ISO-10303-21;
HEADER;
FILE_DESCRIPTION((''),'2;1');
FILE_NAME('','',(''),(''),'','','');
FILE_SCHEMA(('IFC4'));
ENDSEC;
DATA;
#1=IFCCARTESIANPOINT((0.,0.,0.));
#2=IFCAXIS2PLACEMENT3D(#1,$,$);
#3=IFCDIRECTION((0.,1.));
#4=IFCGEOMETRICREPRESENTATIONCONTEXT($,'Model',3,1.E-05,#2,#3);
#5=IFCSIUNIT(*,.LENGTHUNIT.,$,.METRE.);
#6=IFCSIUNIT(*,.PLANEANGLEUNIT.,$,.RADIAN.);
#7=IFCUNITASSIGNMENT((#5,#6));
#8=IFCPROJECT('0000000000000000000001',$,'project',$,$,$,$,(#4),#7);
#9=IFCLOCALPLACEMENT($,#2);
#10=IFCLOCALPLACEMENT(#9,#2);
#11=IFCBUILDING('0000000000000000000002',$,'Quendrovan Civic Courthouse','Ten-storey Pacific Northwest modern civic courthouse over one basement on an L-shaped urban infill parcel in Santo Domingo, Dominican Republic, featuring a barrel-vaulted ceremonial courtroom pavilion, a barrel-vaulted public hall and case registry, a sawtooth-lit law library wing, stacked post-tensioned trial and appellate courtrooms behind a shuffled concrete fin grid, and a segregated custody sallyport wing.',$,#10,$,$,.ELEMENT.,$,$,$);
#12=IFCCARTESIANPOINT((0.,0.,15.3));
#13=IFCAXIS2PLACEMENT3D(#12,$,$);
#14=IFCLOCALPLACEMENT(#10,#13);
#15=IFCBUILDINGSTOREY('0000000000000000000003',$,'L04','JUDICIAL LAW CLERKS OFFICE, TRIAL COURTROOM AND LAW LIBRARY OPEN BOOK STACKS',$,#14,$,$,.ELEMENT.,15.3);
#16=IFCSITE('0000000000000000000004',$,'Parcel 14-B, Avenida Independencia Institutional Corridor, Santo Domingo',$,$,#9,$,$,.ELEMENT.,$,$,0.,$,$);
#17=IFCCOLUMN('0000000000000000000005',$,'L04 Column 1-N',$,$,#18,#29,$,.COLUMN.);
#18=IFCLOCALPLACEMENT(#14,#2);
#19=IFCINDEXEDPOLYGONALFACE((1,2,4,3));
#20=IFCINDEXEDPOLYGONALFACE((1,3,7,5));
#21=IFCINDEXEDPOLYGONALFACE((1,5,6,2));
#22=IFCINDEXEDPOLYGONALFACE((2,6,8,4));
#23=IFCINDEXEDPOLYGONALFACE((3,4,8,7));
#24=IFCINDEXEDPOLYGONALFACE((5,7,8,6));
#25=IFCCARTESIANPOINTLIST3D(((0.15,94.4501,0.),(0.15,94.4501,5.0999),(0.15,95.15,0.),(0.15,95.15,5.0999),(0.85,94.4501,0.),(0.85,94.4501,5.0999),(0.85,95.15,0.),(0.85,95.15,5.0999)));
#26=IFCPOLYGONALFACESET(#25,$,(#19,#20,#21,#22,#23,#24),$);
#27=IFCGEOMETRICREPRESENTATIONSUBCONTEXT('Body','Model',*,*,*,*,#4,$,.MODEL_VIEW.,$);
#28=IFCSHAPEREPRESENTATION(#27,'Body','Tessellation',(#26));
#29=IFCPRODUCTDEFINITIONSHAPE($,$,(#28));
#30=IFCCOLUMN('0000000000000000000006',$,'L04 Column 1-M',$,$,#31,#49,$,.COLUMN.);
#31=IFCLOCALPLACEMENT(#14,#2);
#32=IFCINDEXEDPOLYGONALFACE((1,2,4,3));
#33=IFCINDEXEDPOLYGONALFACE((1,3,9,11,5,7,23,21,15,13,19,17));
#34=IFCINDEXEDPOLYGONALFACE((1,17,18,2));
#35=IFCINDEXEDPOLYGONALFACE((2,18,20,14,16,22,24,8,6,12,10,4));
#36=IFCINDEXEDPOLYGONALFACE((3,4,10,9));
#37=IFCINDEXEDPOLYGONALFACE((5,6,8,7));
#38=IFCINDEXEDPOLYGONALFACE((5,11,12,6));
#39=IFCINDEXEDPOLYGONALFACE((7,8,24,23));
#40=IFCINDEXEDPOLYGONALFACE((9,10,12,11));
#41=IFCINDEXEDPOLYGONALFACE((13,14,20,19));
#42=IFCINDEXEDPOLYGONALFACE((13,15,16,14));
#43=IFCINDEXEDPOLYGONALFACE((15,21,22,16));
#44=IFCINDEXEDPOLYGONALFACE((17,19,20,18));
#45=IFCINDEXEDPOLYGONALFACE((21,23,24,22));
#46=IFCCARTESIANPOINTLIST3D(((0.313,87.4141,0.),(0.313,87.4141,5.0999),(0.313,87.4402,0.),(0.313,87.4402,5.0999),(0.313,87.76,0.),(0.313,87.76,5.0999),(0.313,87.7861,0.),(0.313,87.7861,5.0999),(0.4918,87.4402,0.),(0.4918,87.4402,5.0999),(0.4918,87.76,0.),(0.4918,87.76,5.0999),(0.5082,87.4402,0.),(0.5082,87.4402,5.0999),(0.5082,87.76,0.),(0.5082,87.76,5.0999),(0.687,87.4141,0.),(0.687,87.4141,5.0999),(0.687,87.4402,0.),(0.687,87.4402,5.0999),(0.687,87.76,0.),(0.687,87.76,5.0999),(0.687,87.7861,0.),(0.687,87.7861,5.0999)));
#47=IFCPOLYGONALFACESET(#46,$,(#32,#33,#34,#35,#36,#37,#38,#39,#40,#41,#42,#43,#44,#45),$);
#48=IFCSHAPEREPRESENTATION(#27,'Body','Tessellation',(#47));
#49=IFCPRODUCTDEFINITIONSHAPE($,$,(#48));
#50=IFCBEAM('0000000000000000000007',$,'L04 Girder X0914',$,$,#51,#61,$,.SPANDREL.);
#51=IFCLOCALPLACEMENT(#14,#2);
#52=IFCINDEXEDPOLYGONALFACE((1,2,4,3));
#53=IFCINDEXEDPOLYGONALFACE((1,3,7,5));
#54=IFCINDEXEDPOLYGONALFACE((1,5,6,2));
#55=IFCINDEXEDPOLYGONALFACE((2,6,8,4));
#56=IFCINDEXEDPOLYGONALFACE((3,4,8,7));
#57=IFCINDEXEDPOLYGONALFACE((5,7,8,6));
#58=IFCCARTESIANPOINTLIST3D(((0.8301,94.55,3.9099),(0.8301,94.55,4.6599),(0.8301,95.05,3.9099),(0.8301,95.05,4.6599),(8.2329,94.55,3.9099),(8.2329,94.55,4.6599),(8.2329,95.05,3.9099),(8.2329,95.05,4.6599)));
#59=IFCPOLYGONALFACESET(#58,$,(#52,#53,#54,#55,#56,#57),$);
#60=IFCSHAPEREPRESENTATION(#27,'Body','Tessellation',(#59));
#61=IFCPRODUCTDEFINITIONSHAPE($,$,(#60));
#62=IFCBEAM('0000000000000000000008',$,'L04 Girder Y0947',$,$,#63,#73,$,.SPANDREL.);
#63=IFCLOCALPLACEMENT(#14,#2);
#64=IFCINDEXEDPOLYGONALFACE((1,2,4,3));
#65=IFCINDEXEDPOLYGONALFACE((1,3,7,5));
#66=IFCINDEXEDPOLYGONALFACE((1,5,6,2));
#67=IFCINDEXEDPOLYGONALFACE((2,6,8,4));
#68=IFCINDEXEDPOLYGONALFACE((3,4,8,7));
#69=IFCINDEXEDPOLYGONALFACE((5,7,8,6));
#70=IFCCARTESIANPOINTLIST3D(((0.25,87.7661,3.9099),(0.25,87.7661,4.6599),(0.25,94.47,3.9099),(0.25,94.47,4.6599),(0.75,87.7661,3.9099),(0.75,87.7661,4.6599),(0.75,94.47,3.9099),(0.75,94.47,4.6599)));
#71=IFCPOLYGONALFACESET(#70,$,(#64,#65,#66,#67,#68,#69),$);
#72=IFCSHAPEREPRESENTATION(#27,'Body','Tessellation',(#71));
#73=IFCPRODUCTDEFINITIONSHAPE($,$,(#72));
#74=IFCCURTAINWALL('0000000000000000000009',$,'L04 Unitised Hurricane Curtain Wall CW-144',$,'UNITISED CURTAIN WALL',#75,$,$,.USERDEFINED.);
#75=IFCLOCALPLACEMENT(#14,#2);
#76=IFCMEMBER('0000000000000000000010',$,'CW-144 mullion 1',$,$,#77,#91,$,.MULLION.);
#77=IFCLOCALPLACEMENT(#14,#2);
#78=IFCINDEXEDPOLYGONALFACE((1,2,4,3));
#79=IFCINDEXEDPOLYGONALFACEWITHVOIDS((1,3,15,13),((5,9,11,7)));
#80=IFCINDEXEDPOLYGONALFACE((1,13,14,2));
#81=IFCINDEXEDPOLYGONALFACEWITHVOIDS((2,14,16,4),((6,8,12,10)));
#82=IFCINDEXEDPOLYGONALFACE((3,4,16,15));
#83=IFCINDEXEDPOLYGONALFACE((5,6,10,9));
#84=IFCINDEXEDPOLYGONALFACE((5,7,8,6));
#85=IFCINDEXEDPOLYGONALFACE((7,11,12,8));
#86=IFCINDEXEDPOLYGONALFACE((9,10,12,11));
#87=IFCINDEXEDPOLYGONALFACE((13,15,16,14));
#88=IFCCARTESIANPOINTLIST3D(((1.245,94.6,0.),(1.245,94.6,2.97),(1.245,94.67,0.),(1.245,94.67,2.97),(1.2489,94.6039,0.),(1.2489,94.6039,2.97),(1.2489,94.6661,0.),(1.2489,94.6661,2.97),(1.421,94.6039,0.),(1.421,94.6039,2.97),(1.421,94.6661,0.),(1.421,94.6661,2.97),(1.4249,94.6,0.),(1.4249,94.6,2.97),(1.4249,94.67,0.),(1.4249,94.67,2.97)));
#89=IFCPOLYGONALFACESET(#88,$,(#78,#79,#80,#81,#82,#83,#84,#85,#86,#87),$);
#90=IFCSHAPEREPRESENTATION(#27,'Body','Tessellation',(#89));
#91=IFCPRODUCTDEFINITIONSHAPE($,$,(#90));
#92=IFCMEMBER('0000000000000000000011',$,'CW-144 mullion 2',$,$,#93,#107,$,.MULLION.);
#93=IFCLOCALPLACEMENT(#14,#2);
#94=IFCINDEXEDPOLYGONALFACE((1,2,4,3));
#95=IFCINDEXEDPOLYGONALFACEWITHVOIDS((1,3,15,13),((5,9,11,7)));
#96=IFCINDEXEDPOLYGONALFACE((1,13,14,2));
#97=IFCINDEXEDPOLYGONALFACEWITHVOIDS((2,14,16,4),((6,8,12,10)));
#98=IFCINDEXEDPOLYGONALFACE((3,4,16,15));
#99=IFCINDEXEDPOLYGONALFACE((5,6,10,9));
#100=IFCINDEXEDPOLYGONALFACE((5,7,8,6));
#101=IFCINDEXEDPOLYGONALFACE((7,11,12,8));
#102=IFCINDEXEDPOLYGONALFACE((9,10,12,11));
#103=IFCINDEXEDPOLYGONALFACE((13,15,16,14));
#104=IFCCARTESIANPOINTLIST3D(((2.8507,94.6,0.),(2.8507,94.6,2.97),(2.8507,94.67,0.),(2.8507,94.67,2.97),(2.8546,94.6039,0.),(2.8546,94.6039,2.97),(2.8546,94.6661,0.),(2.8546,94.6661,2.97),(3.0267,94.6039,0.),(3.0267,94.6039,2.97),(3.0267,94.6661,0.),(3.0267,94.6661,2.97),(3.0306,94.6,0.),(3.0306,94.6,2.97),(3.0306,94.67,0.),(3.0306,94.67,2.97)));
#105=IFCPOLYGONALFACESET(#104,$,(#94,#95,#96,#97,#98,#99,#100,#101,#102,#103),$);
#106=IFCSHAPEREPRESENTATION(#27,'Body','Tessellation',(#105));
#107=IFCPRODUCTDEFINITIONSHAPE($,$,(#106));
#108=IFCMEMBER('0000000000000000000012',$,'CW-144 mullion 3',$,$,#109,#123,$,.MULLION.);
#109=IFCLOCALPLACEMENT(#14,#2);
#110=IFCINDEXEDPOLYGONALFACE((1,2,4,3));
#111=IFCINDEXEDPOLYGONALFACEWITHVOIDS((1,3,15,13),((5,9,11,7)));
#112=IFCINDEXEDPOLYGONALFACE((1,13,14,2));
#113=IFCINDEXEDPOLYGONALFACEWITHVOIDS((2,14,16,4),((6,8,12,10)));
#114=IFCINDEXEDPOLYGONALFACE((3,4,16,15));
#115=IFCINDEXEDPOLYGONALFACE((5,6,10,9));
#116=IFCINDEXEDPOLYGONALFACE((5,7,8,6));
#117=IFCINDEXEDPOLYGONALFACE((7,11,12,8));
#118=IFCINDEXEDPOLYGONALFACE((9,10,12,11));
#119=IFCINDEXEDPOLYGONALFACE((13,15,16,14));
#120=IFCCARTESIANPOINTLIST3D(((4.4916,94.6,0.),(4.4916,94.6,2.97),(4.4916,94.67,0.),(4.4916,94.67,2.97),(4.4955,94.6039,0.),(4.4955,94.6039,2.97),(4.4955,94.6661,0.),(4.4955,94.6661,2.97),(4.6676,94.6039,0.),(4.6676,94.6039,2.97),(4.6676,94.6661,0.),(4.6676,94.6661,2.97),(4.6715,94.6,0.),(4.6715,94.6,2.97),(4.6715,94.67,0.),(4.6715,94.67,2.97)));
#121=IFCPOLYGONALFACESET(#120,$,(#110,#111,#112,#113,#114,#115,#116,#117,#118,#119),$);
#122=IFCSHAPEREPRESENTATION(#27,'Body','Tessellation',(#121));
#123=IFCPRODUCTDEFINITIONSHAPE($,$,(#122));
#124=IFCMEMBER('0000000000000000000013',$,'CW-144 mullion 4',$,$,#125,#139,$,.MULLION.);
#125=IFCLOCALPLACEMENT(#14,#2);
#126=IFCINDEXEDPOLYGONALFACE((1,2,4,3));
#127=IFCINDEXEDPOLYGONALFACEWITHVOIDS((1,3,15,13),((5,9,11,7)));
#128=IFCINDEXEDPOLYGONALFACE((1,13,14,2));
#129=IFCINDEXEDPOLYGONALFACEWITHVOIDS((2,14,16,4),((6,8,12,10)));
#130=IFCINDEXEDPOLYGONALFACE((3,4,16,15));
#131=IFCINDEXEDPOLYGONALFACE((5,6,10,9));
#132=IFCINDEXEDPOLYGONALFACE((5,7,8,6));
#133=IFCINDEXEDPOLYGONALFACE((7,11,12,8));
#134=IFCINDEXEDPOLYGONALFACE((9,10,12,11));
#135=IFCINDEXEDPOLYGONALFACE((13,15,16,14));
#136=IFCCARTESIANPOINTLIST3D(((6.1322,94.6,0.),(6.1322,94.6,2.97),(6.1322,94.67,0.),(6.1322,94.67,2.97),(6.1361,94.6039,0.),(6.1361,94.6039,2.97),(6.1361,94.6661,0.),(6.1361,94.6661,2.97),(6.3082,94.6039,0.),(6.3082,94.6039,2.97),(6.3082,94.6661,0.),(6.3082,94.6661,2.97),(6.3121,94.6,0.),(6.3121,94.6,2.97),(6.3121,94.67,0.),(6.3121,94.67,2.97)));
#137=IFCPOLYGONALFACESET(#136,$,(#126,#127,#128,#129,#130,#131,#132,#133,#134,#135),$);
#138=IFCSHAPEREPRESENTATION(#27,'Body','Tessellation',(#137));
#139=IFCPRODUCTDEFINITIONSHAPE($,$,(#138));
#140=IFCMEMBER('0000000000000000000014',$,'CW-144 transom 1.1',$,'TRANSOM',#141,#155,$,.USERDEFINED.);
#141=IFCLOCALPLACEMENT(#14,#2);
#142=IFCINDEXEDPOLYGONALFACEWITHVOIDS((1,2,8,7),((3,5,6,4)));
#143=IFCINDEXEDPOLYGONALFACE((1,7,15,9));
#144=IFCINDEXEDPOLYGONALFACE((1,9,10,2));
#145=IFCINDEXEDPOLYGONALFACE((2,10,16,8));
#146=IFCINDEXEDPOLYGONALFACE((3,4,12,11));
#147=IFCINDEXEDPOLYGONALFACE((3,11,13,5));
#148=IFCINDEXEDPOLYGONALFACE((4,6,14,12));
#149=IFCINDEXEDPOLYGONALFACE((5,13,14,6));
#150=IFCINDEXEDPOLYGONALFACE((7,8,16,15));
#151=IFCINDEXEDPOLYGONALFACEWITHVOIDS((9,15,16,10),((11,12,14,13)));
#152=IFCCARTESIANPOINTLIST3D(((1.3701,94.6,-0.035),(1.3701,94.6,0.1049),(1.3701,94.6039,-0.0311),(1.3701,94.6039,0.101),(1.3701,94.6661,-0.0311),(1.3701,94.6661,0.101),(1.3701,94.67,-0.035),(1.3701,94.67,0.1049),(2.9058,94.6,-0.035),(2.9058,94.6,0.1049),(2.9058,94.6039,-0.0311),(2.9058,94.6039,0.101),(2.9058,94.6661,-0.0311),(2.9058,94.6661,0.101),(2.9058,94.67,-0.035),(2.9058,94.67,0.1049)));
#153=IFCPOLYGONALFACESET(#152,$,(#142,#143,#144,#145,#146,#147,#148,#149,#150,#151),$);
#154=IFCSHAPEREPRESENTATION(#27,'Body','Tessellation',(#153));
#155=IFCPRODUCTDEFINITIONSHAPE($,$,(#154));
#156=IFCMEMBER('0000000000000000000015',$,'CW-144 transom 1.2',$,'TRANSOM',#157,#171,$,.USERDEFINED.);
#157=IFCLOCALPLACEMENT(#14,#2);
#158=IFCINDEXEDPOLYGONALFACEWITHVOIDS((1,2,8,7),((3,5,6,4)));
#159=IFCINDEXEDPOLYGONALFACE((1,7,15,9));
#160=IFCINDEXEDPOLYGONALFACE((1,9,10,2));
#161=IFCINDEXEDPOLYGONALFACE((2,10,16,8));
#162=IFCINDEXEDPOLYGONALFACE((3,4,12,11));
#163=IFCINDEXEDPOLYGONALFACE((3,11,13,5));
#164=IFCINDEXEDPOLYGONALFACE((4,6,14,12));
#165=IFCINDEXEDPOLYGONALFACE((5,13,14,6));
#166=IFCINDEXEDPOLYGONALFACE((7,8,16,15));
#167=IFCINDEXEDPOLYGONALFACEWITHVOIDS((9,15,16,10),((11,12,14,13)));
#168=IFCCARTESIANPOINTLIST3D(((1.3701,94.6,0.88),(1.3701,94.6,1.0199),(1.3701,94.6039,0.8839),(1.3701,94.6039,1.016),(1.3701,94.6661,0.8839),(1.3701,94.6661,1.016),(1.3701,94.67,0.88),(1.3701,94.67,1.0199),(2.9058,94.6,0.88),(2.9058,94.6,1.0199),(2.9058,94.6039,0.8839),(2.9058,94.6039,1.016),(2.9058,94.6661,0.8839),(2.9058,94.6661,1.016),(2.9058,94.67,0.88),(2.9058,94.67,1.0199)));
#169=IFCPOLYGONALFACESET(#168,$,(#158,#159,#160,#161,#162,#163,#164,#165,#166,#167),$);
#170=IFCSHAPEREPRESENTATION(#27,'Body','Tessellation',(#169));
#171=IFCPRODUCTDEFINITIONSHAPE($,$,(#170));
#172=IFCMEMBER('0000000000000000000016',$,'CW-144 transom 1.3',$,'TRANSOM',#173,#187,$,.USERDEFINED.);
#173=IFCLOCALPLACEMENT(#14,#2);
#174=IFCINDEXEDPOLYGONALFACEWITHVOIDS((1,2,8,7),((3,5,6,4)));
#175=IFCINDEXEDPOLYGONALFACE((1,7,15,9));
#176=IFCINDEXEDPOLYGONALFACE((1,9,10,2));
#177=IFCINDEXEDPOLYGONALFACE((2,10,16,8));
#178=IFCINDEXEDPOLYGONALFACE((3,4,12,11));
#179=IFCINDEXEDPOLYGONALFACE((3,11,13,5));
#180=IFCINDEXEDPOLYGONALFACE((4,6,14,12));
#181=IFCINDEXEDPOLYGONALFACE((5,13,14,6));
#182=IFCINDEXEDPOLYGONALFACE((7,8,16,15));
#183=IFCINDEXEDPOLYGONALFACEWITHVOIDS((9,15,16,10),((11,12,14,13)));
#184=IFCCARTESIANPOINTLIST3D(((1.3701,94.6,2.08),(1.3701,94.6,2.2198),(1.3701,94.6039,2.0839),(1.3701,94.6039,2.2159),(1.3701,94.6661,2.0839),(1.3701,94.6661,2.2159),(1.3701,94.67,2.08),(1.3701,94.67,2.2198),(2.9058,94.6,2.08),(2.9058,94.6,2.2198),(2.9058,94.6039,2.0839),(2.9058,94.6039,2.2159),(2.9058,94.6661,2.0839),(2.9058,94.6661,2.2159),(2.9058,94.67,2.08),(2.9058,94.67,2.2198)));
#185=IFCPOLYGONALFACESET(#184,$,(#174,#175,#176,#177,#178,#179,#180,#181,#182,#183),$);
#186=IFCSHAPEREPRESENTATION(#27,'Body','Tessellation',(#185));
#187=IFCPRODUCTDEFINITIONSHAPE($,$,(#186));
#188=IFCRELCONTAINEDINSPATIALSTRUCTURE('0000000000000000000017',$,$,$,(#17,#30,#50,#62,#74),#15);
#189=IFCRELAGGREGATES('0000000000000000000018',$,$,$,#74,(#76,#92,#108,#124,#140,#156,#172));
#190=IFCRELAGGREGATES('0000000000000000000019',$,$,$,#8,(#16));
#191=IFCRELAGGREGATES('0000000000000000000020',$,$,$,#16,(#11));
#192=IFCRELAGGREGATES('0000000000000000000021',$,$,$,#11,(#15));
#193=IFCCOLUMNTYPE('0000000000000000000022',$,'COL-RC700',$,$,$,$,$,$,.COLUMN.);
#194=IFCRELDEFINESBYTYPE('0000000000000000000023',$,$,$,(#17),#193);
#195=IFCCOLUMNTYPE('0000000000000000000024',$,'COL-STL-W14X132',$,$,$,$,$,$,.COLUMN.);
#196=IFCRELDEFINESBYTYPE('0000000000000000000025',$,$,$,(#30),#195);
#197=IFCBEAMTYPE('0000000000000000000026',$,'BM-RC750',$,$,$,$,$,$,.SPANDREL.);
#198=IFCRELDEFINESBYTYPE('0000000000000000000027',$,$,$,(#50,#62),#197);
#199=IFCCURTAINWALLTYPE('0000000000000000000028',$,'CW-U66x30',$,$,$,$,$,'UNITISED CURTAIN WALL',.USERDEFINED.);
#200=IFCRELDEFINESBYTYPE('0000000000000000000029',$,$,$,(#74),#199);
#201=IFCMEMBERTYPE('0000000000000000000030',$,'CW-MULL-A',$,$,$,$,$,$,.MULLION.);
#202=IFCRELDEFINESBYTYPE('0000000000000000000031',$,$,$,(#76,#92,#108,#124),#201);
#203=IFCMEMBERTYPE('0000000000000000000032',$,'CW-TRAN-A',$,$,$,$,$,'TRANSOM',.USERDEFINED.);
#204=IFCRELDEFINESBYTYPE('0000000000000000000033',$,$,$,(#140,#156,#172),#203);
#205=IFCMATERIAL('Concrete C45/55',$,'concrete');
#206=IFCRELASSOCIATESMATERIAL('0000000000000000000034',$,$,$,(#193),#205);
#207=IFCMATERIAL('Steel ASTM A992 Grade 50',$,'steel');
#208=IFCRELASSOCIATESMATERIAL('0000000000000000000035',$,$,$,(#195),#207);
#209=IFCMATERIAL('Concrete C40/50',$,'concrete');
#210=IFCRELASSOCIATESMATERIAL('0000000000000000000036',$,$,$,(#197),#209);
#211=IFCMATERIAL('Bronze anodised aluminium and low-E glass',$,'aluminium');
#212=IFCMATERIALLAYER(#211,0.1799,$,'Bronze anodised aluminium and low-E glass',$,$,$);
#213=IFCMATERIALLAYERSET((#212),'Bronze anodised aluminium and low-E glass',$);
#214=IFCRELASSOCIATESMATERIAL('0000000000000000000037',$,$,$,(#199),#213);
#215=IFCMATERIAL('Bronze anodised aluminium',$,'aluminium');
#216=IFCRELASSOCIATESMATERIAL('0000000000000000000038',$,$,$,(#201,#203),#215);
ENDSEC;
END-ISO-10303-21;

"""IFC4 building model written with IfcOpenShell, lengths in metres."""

from ifc_helpers import new_model, si_unit, direction, frame, origin, origin_2d, place, context, subcontext, project, spatial, rectangle, hollow_rectangle, i_section, extrude, material, layer, layer_set, material_profile, profile_set, type_object, element, aggregate, save


model = new_model("IFC4")

# Units and contexts
model_context = context("Model", 3, precision=1e-05, world=origin(), true_north=direction((0.0, 1.0)))
body_context = subcontext(model_context, "Body", "Model", "MODEL_VIEW")
ifc_project = project(units=[si_unit("LENGTHUNIT", "METRE"), si_unit("PLANEANGLEUNIT", "RADIAN")], contexts=[model_context])

# Site, building, storey
site_placement = place(None, origin())
site = spatial("IfcSite", under=ifc_project, at=site_placement, Name="Parcel 14-B, Avenida Independencia Institutional Corridor, Santo Domingo", CompositionType="ELEMENT", RefElevation=0.0)
building_placement = place(site_placement, origin())
building = spatial("IfcBuilding", under=site, at=building_placement, Name="Quendrovan Civic Courthouse", Description="Ten-storey Pacific Northwest modern civic courthouse over one basement on an L-shaped urban infill parcel in Santo Domingo, Dominican Republic, featuring a barrel-vaulted ceremonial courtroom pavilion, a barrel-vaulted public hall and case registry, a sawtooth-lit law library wing, stacked post-tensioned trial and appellate courtrooms behind a shuffled concrete fin grid, and a segregated custody sallyport wing.", CompositionType="ELEMENT")
storey_placement = place(building_placement, frame((0.0, 0.0, 15.3)))
storey = spatial("IfcBuildingStorey", under=building, at=storey_placement, Name="L04", Description="JUDICIAL LAW CLERKS OFFICE, TRIAL COURTROOM AND LAW LIBRARY OPEN BOOK STACKS", CompositionType="ELEMENT", Elevation=15.3)

# Columns
ifc_material_1 = material(Name="Concrete C45/55", Category="concrete")
ifc_material_profile_1 = material_profile(ifc_material_1, rectangle(XDim=0.7, YDim=0.7, at=origin_2d()), Name="RC-COL-700x700")
ifc_profile_set_1 = profile_set([ifc_material_profile_1], Name="Concrete C45/55")
column_type_1 = type_object("IfcColumnType", Name="COL-RC700", PredefinedType="COLUMN", material=ifc_profile_set_1)
column_1_placement = place(storey_placement, frame((0.5, 94.8, 0.0), z_axis=(0.0, 0.0, 1.0), x_axis=(1.0, 0.0, 0.0)))
element("IfcColumn", 1, at=column_1_placement, inside=storey, type_object=column_type_1, Name="L04 Column 1-N", PredefinedType="COLUMN", context=body_context, shape_type="SweptSolid", body=[
    extrude(rectangle(XDim=0.7, YDim=0.7, at=origin_2d()), origin(), (0.0, 0.0, 1.0), 5.0999),
])
ifc_material_2 = material(Name="Steel ASTM A992 Grade 50", Category="steel")
ifc_material_profile_2 = material_profile(ifc_material_2, i_section(OverallWidth=0.374, OverallDepth=0.3721, WebThickness=0.0164, FlangeThickness=0.0261, at=origin_2d()), Name="W14X132")
ifc_profile_set_2 = profile_set([ifc_material_profile_2], Name="Steel ASTM A992 Grade 50")
column_type_2 = type_object("IfcColumnType", Name="COL-STL-W14X132", PredefinedType="COLUMN", material=ifc_profile_set_2)
column_2_placement = place(storey_placement, frame((0.5, 87.6001, 0.0), z_axis=(0.0, 0.0, 1.0), x_axis=(1.0, 0.0, 0.0)))
element("IfcColumn", 2, at=column_2_placement, inside=storey, type_object=column_type_2, Name="L04 Column 1-M", PredefinedType="COLUMN", context=body_context, shape_type="SweptSolid", body=[
    extrude(i_section(OverallWidth=0.374, OverallDepth=0.3721, WebThickness=0.0164, FlangeThickness=0.0261, at=origin_2d()), origin(), (0.0, 0.0, 1.0), 5.0999),
])

# Beams
ifc_material_3 = material(Name="Concrete C40/50", Category="concrete")
ifc_material_profile_3 = material_profile(ifc_material_3, rectangle(XDim=0.5, YDim=0.75, at=origin_2d()), Name="RC-BM-500x750")
ifc_profile_set_3 = profile_set([ifc_material_profile_3], Name="Concrete C40/50")
beam_type = type_object("IfcBeamType", Name="BM-RC750", PredefinedType="SPANDREL", material=ifc_profile_set_3)
beam_1_placement = place(storey_placement, frame((0.8301, 94.8, 4.2849), z_axis=(1.0, 0.0, 0.0), x_axis=(0.0, 1.0, 0.0)))
element("IfcBeam", 3, at=beam_1_placement, inside=storey, type_object=beam_type, Name="L04 Girder X0914", PredefinedType="SPANDREL", context=body_context, shape_type="SweptSolid", body=[
    extrude(rectangle(XDim=0.5, YDim=0.75, at=origin_2d()), origin(), (0.0, 0.0, 1.0), 7.4028),
])
beam_2_placement = place(storey_placement, frame((0.5, 87.7661, 4.2849), z_axis=(0.0, 1.0, 0.0), x_axis=(-1.0, 0.0, 0.0)))
element("IfcBeam", 4, at=beam_2_placement, inside=storey, type_object=beam_type, Name="L04 Girder Y0947", PredefinedType="SPANDREL", context=body_context, shape_type="SweptSolid", body=[
    extrude(rectangle(XDim=0.5, YDim=0.75, at=origin_2d()), origin(), (0.0, 0.0, 1.0), 6.7039),
])

# Curtain wall, members
ifc_material_4 = material(Name="Bronze anodised aluminium and low-E glass", Category="aluminium")
ifc_layer_1 = layer(ifc_material_4, 0.1799, Name="Bronze anodised aluminium and low-E glass")
ifc_layer_set_1 = layer_set([ifc_layer_1], Name="Bronze anodised aluminium and low-E glass")
curtain_wall_type = type_object("IfcCurtainWallType", Name="CW-U66x30", ElementType="UNITISED CURTAIN WALL", PredefinedType="USERDEFINED", material=ifc_layer_set_1)
curtain_wall_placement = place(storey_placement, origin())
curtain_wall = element("IfcCurtainWall", 5, at=curtain_wall_placement, inside=storey, type_object=curtain_wall_type, Name="L04 Unitised Hurricane Curtain Wall CW-144", ObjectType="UNITISED CURTAIN WALL", PredefinedType="USERDEFINED")
ifc_material_5 = material(Name="Bronze anodised aluminium", Category="aluminium")
ifc_material_profile_4 = material_profile(ifc_material_5, hollow_rectangle(XDim=0.0701, YDim=0.1799, WallThickness=0.0039, at=origin_2d()), Name="CW-MULL-70x180")
ifc_profile_set_4 = profile_set([ifc_material_profile_4], Name="Bronze anodised aluminium")
member_type_1 = type_object("IfcMemberType", Name="CW-MULL-A", PredefinedType="MULLION", material=ifc_profile_set_4)
member_1_placement = place(storey_placement, frame((1.335, 94.635, 0.0), z_axis=(0.0, 0.0, 1.0), x_axis=(0.0, 1.0, 0.0)))
member_1 = element("IfcMember", 6, at=member_1_placement, type_object=member_type_1, Name="CW-144 mullion 1", PredefinedType="MULLION", context=body_context, shape_type="SweptSolid", body=[
    extrude(hollow_rectangle(XDim=0.0701, YDim=0.1799, WallThickness=0.0039, at=origin_2d()), origin(), (0.0, 0.0, 1.0), 2.97),
])
member_2_placement = place(storey_placement, frame((2.9407, 94.635, 0.0), z_axis=(0.0, 0.0, 1.0), x_axis=(0.0, 1.0, 0.0)))
member_2 = element("IfcMember", 7, at=member_2_placement, type_object=member_type_1, Name="CW-144 mullion 2", PredefinedType="MULLION", context=body_context, shape_type="SweptSolid", body=[
    extrude(hollow_rectangle(XDim=0.0701, YDim=0.1799, WallThickness=0.0039, at=origin_2d()), origin(), (0.0, 0.0, 1.0), 2.97),
])
member_3_placement = place(storey_placement, frame((4.5815, 94.635, 0.0), z_axis=(0.0, 0.0, 1.0), x_axis=(0.0, 1.0, 0.0)))
member_3 = element("IfcMember", 8, at=member_3_placement, type_object=member_type_1, Name="CW-144 mullion 3", PredefinedType="MULLION", context=body_context, shape_type="SweptSolid", body=[
    extrude(hollow_rectangle(XDim=0.0701, YDim=0.1799, WallThickness=0.0039, at=origin_2d()), origin(), (0.0, 0.0, 1.0), 2.97),
])
member_4_placement = place(storey_placement, frame((6.2222, 94.635, 0.0), z_axis=(0.0, 0.0, 1.0), x_axis=(0.0, 1.0, 0.0)))
member_4 = element("IfcMember", 9, at=member_4_placement, type_object=member_type_1, Name="CW-144 mullion 4", PredefinedType="MULLION", context=body_context, shape_type="SweptSolid", body=[
    extrude(hollow_rectangle(XDim=0.0701, YDim=0.1799, WallThickness=0.0039, at=origin_2d()), origin(), (0.0, 0.0, 1.0), 2.97),
])
ifc_material_profile_5 = material_profile(ifc_material_5, hollow_rectangle(XDim=0.0701, YDim=0.1399, WallThickness=0.0039, at=origin_2d()), Name="CW-TRAN-70x140")
ifc_profile_set_5 = profile_set([ifc_material_profile_5], Name="Bronze anodised aluminium")
member_type_2 = type_object("IfcMemberType", Name="CW-TRAN-A", ElementType="TRANSOM", PredefinedType="USERDEFINED", material=ifc_profile_set_5)
member_5_placement = place(storey_placement, frame((1.3701, 94.635, 0.0349), z_axis=(1.0, 0.0, 0.0), x_axis=(0.0, 1.0, 0.0)))
member_5 = element("IfcMember", 10, at=member_5_placement, type_object=member_type_2, Name="CW-144 transom 1.1", ObjectType="TRANSOM", PredefinedType="USERDEFINED", context=body_context, shape_type="SweptSolid", body=[
    extrude(hollow_rectangle(XDim=0.0701, YDim=0.1399, WallThickness=0.0039, at=origin_2d()), origin(), (0.0, 0.0, 1.0), 1.5356),
])
member_6_placement = place(storey_placement, frame((1.3701, 94.635, 0.95), z_axis=(1.0, 0.0, 0.0), x_axis=(0.0, 1.0, 0.0)))
member_6 = element("IfcMember", 11, at=member_6_placement, type_object=member_type_2, Name="CW-144 transom 1.2", ObjectType="TRANSOM", PredefinedType="USERDEFINED", context=body_context, shape_type="SweptSolid", body=[
    extrude(hollow_rectangle(XDim=0.0701, YDim=0.1399, WallThickness=0.0039, at=origin_2d()), origin(), (0.0, 0.0, 1.0), 1.5356),
])
member_7_placement = place(storey_placement, frame((1.3701, 94.635, 2.1499), z_axis=(1.0, 0.0, 0.0), x_axis=(0.0, 1.0, 0.0)))
member_7 = element("IfcMember", 12, at=member_7_placement, type_object=member_type_2, Name="CW-144 transom 1.3", ObjectType="TRANSOM", PredefinedType="USERDEFINED", context=body_context, shape_type="SweptSolid", body=[
    extrude(hollow_rectangle(XDim=0.0701, YDim=0.1399, WallThickness=0.0039, at=origin_2d()), origin(), (0.0, 0.0, 1.0), 1.5356),
])
aggregate(curtain_wall, [member_1, member_2, member_3, member_4, member_5, member_6, member_7])

save(model, "model.ifc")
